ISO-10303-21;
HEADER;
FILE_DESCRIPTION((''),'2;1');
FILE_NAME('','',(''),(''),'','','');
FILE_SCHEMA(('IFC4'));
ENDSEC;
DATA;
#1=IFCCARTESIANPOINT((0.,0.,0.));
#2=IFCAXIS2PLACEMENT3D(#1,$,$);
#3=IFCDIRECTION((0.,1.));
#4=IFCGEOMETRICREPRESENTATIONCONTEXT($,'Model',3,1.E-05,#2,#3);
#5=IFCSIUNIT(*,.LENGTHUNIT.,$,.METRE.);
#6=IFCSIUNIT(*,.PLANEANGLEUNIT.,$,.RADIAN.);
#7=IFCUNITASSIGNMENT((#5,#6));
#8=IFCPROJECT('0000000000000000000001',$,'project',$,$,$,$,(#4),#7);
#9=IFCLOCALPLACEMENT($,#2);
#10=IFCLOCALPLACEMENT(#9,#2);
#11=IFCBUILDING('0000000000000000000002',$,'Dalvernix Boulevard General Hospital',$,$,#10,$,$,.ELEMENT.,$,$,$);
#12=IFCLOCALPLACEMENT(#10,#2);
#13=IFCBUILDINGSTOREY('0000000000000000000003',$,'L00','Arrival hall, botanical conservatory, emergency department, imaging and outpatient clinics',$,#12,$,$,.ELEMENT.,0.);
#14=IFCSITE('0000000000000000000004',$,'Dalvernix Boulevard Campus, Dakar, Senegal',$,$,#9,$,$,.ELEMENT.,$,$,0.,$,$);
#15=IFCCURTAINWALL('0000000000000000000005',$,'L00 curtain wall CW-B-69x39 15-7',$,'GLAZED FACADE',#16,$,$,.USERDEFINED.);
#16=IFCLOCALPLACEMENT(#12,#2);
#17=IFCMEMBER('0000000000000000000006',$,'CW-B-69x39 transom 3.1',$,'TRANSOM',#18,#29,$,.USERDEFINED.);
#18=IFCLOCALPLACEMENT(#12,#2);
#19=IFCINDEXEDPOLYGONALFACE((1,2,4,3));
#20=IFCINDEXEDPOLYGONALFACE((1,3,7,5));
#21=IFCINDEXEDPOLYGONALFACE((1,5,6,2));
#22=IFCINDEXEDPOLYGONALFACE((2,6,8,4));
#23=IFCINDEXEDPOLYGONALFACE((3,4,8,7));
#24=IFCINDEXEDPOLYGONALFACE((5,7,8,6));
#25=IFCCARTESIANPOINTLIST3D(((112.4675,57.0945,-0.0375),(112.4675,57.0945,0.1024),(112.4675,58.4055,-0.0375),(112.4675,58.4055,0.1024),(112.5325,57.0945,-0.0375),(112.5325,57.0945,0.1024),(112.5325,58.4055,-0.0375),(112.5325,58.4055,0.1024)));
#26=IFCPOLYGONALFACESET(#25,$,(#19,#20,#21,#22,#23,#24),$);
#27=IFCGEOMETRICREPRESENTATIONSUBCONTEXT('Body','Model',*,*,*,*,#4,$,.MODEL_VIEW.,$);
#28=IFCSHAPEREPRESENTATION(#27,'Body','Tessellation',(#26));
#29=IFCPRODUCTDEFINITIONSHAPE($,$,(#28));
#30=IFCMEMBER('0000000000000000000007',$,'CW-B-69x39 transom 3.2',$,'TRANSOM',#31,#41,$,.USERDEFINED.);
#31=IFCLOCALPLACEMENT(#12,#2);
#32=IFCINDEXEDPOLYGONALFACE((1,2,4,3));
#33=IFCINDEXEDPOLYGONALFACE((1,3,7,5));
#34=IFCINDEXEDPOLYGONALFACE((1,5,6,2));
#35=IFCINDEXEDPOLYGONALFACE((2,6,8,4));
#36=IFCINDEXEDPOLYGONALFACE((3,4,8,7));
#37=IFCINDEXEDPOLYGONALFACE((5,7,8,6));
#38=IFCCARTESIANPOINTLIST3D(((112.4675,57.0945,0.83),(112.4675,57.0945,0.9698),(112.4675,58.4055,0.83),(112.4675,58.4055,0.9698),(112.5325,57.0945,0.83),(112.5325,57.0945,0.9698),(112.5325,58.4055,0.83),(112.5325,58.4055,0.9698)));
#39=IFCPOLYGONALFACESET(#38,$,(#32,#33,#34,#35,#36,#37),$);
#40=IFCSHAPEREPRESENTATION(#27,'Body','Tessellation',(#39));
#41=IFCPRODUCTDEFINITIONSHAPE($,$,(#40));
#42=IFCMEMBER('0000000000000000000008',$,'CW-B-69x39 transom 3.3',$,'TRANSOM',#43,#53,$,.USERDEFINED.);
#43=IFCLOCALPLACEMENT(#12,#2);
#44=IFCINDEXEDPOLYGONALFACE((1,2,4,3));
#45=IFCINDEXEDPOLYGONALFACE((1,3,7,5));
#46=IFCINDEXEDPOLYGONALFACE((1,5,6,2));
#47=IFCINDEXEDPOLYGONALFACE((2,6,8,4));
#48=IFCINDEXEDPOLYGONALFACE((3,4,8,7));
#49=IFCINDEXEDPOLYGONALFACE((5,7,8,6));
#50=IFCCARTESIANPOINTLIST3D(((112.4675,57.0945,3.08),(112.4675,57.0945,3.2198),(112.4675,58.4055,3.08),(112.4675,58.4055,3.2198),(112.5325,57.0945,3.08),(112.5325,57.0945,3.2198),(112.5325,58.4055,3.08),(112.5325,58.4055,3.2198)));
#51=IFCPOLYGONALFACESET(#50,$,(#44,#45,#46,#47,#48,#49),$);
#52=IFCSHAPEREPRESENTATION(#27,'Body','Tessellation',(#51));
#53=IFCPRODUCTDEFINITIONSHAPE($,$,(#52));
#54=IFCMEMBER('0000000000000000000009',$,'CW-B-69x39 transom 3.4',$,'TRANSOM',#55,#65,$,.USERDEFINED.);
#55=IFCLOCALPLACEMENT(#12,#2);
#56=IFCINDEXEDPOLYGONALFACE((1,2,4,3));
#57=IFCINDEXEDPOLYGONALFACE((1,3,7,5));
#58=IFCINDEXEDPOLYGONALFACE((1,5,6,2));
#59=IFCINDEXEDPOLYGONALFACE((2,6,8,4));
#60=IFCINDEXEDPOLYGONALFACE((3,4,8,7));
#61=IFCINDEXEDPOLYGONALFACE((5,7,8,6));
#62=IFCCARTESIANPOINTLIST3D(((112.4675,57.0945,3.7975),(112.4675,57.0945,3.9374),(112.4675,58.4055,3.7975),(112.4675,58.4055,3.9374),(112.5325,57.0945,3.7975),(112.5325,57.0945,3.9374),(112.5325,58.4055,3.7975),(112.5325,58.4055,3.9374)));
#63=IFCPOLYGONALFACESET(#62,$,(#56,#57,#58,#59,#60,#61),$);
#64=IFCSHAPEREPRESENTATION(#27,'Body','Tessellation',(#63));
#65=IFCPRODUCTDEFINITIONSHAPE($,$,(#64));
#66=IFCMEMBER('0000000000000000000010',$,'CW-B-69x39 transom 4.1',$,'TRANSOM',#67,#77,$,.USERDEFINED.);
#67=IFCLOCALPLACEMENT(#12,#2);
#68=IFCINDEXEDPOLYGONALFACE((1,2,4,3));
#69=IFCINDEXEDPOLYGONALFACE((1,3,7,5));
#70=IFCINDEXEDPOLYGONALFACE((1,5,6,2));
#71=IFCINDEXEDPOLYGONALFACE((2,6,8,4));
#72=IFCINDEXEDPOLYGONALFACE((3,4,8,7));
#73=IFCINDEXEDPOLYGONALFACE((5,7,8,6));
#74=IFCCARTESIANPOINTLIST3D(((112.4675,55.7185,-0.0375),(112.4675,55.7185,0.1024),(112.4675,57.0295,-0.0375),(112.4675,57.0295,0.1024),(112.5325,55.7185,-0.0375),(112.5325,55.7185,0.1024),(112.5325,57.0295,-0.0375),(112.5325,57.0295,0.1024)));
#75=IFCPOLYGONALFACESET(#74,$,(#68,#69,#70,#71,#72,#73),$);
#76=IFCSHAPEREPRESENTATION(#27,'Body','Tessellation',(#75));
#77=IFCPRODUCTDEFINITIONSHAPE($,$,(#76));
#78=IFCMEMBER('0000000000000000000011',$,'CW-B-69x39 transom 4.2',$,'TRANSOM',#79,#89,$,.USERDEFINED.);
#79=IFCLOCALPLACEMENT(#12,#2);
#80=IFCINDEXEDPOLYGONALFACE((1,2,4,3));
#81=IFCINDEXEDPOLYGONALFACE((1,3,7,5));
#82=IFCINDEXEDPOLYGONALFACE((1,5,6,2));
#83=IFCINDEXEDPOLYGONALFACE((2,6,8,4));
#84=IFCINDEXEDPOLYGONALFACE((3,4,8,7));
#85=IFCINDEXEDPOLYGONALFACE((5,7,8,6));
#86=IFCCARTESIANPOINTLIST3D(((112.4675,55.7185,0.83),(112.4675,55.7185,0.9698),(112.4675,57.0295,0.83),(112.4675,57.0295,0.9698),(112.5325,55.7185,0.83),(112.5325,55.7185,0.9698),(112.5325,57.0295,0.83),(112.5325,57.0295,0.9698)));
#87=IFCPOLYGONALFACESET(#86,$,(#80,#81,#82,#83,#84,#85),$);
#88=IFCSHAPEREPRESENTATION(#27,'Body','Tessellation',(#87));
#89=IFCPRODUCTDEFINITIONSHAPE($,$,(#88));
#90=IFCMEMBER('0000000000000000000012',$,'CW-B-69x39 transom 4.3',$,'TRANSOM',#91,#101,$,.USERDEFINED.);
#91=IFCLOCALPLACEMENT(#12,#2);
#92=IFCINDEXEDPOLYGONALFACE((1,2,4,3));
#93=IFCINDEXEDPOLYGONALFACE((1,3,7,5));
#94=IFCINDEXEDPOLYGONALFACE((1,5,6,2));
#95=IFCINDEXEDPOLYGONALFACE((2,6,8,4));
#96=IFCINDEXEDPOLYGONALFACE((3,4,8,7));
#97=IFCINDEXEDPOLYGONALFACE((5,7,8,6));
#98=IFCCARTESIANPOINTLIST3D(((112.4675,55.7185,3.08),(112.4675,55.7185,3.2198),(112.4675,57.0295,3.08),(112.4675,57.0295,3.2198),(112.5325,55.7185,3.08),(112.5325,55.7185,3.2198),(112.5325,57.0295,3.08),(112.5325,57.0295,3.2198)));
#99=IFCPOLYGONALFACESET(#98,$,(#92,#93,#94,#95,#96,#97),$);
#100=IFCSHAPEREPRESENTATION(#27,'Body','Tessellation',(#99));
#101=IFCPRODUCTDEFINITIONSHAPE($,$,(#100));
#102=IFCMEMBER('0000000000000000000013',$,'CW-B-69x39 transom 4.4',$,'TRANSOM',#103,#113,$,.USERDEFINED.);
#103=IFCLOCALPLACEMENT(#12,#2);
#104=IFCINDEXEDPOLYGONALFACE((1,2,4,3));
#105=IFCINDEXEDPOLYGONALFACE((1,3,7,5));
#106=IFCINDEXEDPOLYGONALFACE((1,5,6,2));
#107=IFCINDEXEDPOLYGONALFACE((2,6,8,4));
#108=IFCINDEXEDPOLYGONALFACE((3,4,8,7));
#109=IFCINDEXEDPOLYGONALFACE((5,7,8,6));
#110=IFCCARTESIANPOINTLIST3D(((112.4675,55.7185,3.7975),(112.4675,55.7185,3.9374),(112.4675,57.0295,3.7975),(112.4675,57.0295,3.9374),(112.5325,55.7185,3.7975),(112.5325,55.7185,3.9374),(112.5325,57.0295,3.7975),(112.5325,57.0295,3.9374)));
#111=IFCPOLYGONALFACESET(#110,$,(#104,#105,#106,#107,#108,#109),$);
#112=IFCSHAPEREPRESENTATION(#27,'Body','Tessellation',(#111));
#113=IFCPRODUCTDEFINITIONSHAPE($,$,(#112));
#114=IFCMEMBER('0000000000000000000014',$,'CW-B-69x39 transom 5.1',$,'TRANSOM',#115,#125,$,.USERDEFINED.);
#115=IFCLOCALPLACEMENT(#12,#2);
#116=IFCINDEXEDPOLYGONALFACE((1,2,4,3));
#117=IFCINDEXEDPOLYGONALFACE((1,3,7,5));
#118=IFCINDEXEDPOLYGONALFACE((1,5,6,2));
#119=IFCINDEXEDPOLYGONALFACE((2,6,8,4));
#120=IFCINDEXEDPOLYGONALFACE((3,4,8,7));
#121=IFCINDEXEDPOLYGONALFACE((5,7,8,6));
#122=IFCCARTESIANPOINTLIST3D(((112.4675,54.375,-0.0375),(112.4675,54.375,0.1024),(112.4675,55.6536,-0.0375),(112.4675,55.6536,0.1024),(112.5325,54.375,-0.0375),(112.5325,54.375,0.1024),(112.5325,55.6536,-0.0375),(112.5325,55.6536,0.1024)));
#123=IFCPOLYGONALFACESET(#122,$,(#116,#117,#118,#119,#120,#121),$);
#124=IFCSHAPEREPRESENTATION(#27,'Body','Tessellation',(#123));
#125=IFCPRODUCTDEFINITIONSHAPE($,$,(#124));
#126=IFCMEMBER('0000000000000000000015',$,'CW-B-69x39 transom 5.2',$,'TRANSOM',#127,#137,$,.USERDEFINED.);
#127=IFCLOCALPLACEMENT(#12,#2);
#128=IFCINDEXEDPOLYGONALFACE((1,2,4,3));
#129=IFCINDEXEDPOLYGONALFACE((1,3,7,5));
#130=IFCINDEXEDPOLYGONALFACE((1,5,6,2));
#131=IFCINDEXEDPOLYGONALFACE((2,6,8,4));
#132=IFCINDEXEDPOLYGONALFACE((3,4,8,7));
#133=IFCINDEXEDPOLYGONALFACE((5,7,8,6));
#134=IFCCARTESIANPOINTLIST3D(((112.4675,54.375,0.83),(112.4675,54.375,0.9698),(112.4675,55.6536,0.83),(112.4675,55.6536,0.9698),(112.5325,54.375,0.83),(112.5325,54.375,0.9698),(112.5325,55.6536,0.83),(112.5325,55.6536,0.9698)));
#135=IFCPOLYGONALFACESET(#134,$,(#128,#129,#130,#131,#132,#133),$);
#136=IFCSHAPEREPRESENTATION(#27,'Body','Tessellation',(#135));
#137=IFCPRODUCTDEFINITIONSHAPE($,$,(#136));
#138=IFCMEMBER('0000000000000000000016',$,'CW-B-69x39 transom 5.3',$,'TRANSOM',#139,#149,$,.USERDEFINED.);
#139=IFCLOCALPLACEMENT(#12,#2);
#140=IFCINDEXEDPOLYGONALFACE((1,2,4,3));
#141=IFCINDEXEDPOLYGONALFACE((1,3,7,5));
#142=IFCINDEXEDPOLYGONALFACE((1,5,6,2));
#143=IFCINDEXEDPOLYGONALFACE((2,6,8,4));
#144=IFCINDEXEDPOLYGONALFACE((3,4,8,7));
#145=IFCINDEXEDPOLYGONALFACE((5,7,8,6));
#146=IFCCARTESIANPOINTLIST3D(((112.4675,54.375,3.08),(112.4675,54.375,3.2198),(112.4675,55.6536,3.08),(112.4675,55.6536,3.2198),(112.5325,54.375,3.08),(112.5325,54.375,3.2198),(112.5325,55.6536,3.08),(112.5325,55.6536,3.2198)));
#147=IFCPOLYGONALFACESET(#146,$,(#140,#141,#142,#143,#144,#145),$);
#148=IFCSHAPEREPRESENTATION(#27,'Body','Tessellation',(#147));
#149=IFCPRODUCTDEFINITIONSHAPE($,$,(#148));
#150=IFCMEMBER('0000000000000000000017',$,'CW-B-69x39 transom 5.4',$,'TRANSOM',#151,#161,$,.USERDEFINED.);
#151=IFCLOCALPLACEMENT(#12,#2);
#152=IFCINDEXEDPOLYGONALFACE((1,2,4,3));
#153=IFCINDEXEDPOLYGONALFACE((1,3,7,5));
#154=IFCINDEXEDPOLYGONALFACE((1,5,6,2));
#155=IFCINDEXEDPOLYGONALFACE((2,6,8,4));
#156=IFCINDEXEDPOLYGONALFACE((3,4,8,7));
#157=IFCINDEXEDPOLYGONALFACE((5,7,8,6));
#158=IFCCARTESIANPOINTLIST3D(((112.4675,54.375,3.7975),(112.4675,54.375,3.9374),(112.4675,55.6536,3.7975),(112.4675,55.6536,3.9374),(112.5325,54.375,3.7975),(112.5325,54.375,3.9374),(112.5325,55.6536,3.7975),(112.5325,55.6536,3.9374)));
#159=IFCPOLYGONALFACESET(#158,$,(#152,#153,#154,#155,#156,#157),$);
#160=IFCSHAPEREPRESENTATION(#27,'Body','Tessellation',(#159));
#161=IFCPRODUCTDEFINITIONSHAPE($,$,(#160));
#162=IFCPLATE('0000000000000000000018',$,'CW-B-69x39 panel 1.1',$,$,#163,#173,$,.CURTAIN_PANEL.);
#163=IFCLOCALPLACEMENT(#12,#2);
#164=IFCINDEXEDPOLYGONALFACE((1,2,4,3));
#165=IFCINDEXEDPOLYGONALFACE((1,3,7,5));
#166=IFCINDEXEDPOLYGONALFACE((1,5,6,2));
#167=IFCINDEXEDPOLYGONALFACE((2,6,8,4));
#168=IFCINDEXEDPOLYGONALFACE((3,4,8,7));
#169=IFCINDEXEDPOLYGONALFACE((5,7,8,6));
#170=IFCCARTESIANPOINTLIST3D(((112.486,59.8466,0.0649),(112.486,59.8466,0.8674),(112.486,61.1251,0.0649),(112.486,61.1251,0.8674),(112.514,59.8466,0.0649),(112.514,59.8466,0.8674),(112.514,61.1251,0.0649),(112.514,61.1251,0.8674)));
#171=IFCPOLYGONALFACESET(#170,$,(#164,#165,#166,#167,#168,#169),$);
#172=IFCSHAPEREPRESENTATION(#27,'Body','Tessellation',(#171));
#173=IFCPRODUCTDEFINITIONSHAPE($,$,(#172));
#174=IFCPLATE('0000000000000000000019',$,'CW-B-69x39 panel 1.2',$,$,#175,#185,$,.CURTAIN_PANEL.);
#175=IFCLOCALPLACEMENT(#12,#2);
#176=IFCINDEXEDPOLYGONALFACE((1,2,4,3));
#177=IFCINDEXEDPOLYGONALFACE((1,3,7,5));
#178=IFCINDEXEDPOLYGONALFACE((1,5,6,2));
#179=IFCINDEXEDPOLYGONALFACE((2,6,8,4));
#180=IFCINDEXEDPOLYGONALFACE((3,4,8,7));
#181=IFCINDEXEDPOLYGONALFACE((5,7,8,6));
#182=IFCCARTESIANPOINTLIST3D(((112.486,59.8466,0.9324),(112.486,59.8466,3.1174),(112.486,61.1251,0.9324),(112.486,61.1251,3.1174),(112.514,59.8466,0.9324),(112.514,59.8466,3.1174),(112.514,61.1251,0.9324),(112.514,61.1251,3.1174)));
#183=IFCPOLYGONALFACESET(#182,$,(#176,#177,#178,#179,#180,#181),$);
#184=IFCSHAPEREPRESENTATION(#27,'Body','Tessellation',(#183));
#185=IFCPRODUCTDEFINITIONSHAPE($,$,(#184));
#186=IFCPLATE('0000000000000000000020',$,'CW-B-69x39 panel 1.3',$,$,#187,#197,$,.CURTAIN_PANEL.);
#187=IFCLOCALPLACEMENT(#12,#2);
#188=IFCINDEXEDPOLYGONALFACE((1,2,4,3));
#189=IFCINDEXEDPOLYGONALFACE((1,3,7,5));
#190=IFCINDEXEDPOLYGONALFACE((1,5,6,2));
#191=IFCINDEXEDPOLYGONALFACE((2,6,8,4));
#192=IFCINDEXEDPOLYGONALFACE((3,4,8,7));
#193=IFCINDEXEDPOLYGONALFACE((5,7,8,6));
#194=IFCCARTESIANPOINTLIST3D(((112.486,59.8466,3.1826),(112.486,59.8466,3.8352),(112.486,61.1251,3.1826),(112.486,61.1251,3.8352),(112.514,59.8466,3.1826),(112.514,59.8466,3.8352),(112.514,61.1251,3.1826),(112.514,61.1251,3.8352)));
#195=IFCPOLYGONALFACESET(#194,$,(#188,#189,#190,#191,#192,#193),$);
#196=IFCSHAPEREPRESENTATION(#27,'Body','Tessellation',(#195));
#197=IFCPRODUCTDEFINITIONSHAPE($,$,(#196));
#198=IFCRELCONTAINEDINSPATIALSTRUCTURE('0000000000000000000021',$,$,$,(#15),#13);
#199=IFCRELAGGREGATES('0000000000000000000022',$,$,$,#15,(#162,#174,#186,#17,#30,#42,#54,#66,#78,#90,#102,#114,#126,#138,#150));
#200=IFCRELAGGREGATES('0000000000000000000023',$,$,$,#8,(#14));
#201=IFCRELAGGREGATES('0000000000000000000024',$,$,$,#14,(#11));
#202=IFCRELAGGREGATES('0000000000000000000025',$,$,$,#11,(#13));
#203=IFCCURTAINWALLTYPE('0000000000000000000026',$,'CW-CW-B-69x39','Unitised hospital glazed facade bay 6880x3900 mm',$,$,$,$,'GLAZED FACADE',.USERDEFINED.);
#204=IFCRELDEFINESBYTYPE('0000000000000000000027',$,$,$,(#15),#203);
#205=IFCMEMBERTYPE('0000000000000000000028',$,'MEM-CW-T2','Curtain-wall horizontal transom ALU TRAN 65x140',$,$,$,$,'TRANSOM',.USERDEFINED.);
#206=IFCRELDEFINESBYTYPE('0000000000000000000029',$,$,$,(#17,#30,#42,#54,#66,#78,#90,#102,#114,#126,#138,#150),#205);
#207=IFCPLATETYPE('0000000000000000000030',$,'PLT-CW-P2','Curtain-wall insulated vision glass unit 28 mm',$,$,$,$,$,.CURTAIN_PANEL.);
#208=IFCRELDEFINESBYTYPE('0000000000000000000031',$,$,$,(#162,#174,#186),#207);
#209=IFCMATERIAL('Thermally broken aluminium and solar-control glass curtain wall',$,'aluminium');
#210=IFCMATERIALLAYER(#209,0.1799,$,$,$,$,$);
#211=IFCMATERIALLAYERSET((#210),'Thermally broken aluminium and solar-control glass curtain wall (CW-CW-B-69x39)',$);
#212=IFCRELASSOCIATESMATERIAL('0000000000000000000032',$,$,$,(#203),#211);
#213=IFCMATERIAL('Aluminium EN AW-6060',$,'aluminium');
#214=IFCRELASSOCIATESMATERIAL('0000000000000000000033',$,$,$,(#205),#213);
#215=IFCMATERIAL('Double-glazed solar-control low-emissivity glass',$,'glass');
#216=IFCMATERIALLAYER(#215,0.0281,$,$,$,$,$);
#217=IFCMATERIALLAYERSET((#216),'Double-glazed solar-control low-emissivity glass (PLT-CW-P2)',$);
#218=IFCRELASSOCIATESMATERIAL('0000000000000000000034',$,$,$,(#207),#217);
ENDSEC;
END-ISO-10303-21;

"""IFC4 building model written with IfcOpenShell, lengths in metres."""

from ifc_helpers import new_model, si_unit, direction, frame, origin, origin_2d, place, context, subcontext, project, spatial, rectangle, extrude, material, layer, layer_set, material_profile, profile_set, type_object, element, aggregate, save


model = new_model("IFC4")

# Units and contexts
model_context = context("Model", 3, precision=1e-05, world=origin(), true_north=direction((0.0, 1.0)))
body_context = subcontext(model_context, "Body", "Model", "MODEL_VIEW")
ifc_project = project(units=[si_unit("LENGTHUNIT", "METRE"), si_unit("PLANEANGLEUNIT", "RADIAN")], contexts=[model_context])

# Site, building, storey
site_placement = place(None, origin())
site = spatial("IfcSite", under=ifc_project, at=site_placement, Name="Dalvernix Boulevard Campus, Dakar, Senegal", CompositionType="ELEMENT", RefElevation=0.0)
building_placement = place(site_placement, origin())
building = spatial("IfcBuilding", under=site, at=building_placement, Name="Dalvernix Boulevard General Hospital", CompositionType="ELEMENT")
storey_placement = place(building_placement, origin())
storey = spatial("IfcBuildingStorey", under=building, at=storey_placement, Name="L00", Description="Arrival hall, botanical conservatory, emergency department, imaging and outpatient clinics", CompositionType="ELEMENT", Elevation=0.0)

# Curtain wall, members, plates
ifc_material_1 = material(Name="Thermally broken aluminium and solar-control glass curtain wall", Category="aluminium")
ifc_layer_1 = layer(ifc_material_1, 0.1799)
ifc_layer_set_1 = layer_set([ifc_layer_1], Name="Thermally broken aluminium and solar-control glass curtain wall (CW-CW-B-69x39)")
curtain_wall_type = type_object("IfcCurtainWallType", Name="CW-CW-B-69x39", Description="Unitised hospital glazed facade bay 6880x3900 mm", ElementType="GLAZED FACADE", PredefinedType="USERDEFINED", material=ifc_layer_set_1)
curtain_wall_placement = place(storey_placement, origin())
curtain_wall = element("IfcCurtainWall", 1, at=curtain_wall_placement, inside=storey, type_object=curtain_wall_type, Name="L00 curtain wall CW-B-69x39 15-7", ObjectType="GLAZED FACADE", PredefinedType="USERDEFINED")
ifc_material_2 = material(Name="Aluminium EN AW-6060", Category="aluminium")
ifc_material_profile_1 = material_profile(ifc_material_2, rectangle(XDim=0.0649, YDim=0.1399, at=origin_2d()), Name="ALU TRAN 65x140")
ifc_profile_set_1 = profile_set([ifc_material_profile_1], Name="Aluminium EN AW-6060")
member_type_1 = type_object("IfcMemberType", Name="MEM-CW-T2", Description="Curtain-wall horizontal transom ALU TRAN 65x140", ElementType="TRANSOM", PredefinedType="USERDEFINED", material=ifc_profile_set_1)
member_1_placement = place(storey_placement, frame((112.5, 58.4055, 0.0325), z_axis=(0.0, -1.0, 0.0), x_axis=(1.0, 0.0, 0.0)))
member_1 = element("IfcMember", 2, at=member_1_placement, type_object=member_type_1, Name="CW-B-69x39 transom 3.1", ObjectType="TRANSOM", PredefinedType="USERDEFINED", context=body_context, shape_type="SweptSolid", body=[
    extrude(rectangle(XDim=0.0649, YDim=0.1399, at=origin_2d()), origin(), (0.0, 0.0, 1.0), 1.311),
])
member_2_placement = place(storey_placement, frame((112.5, 58.4055, 0.8999), z_axis=(0.0, -1.0, 0.0), x_axis=(1.0, 0.0, 0.0)))
member_2 = element("IfcMember", 3, at=member_2_placement, type_object=member_type_1, Name="CW-B-69x39 transom 3.2", ObjectType="TRANSOM", PredefinedType="USERDEFINED", context=body_context, shape_type="SweptSolid", body=[
    extrude(rectangle(XDim=0.0649, YDim=0.1399, at=origin_2d()), origin(), (0.0, 0.0, 1.0), 1.311),
])
member_3_placement = place(storey_placement, frame((112.5, 58.4055, 3.1499), z_axis=(0.0, -1.0, 0.0), x_axis=(1.0, 0.0, 0.0)))
member_3 = element("IfcMember", 4, at=member_3_placement, type_object=member_type_1, Name="CW-B-69x39 transom 3.3", ObjectType="TRANSOM", PredefinedType="USERDEFINED", context=body_context, shape_type="SweptSolid", body=[
    extrude(rectangle(XDim=0.0649, YDim=0.1399, at=origin_2d()), origin(), (0.0, 0.0, 1.0), 1.311),
])
member_4_placement = place(storey_placement, frame((112.5, 58.4055, 3.8674), z_axis=(0.0, -1.0, 0.0), x_axis=(1.0, 0.0, 0.0)))
member_4 = element("IfcMember", 5, at=member_4_placement, type_object=member_type_1, Name="CW-B-69x39 transom 3.4", ObjectType="TRANSOM", PredefinedType="USERDEFINED", context=body_context, shape_type="SweptSolid", body=[
    extrude(rectangle(XDim=0.0649, YDim=0.1399, at=origin_2d()), origin(), (0.0, 0.0, 1.0), 1.311),
])
member_5_placement = place(storey_placement, frame((112.5, 57.0295, 0.0325), z_axis=(0.0, -1.0, 0.0), x_axis=(1.0, 0.0, 0.0)))
member_5 = element("IfcMember", 6, at=member_5_placement, type_object=member_type_1, Name="CW-B-69x39 transom 4.1", ObjectType="TRANSOM", PredefinedType="USERDEFINED", context=body_context, shape_type="SweptSolid", body=[
    extrude(rectangle(XDim=0.0649, YDim=0.1399, at=origin_2d()), origin(), (0.0, 0.0, 1.0), 1.311),
])
member_6_placement = place(storey_placement, frame((112.5, 57.0295, 0.8999), z_axis=(0.0, -1.0, 0.0), x_axis=(1.0, 0.0, 0.0)))
member_6 = element("IfcMember", 7, at=member_6_placement, type_object=member_type_1, Name="CW-B-69x39 transom 4.2", ObjectType="TRANSOM", PredefinedType="USERDEFINED", context=body_context, shape_type="SweptSolid", body=[
    extrude(rectangle(XDim=0.0649, YDim=0.1399, at=origin_2d()), origin(), (0.0, 0.0, 1.0), 1.311),
])
member_7_placement = place(storey_placement, frame((112.5, 57.0295, 3.1499), z_axis=(0.0, -1.0, 0.0), x_axis=(1.0, 0.0, 0.0)))
member_7 = element("IfcMember", 8, at=member_7_placement, type_object=member_type_1, Name="CW-B-69x39 transom 4.3", ObjectType="TRANSOM", PredefinedType="USERDEFINED", context=body_context, shape_type="SweptSolid", body=[
    extrude(rectangle(XDim=0.0649, YDim=0.1399, at=origin_2d()), origin(), (0.0, 0.0, 1.0), 1.311),
])
member_8_placement = place(storey_placement, frame((112.5, 57.0295, 3.8674), z_axis=(0.0, -1.0, 0.0), x_axis=(1.0, 0.0, 0.0)))
member_8 = element("IfcMember", 9, at=member_8_placement, type_object=member_type_1, Name="CW-B-69x39 transom 4.4", ObjectType="TRANSOM", PredefinedType="USERDEFINED", context=body_context, shape_type="SweptSolid", body=[
    extrude(rectangle(XDim=0.0649, YDim=0.1399, at=origin_2d()), origin(), (0.0, 0.0, 1.0), 1.311),
])
member_9_placement = place(storey_placement, frame((112.5, 55.6536, 0.0325), z_axis=(0.0, -1.0, 0.0), x_axis=(1.0, 0.0, 0.0)))
member_9 = element("IfcMember", 10, at=member_9_placement, type_object=member_type_1, Name="CW-B-69x39 transom 5.1", ObjectType="TRANSOM", PredefinedType="USERDEFINED", context=body_context, shape_type="SweptSolid", body=[
    extrude(rectangle(XDim=0.0649, YDim=0.1399, at=origin_2d()), origin(), (0.0, 0.0, 1.0), 1.2786),
])
member_10_placement = place(storey_placement, frame((112.5, 55.6536, 0.8999), z_axis=(0.0, -1.0, 0.0), x_axis=(1.0, 0.0, 0.0)))
member_10 = element("IfcMember", 11, at=member_10_placement, type_object=member_type_1, Name="CW-B-69x39 transom 5.2", ObjectType="TRANSOM", PredefinedType="USERDEFINED", context=body_context, shape_type="SweptSolid", body=[
    extrude(rectangle(XDim=0.0649, YDim=0.1399, at=origin_2d()), origin(), (0.0, 0.0, 1.0), 1.2786),
])
member_11_placement = place(storey_placement, frame((112.5, 55.6536, 3.1499), z_axis=(0.0, -1.0, 0.0), x_axis=(1.0, 0.0, 0.0)))
member_11 = element("IfcMember", 12, at=member_11_placement, type_object=member_type_1, Name="CW-B-69x39 transom 5.3", ObjectType="TRANSOM", PredefinedType="USERDEFINED", context=body_context, shape_type="SweptSolid", body=[
    extrude(rectangle(XDim=0.0649, YDim=0.1399, at=origin_2d()), origin(), (0.0, 0.0, 1.0), 1.2786),
])
member_12_placement = place(storey_placement, frame((112.5, 55.6536, 3.8674), z_axis=(0.0, -1.0, 0.0), x_axis=(1.0, 0.0, 0.0)))
member_12 = element("IfcMember", 13, at=member_12_placement, type_object=member_type_1, Name="CW-B-69x39 transom 5.4", ObjectType="TRANSOM", PredefinedType="USERDEFINED", context=body_context, shape_type="SweptSolid", body=[
    extrude(rectangle(XDim=0.0649, YDim=0.1399, at=origin_2d()), origin(), (0.0, 0.0, 1.0), 1.2786),
])
ifc_material_3 = material(Name="Double-glazed solar-control low-emissivity glass", Category="glass")
ifc_layer_2 = layer(ifc_material_3, 0.0281)
ifc_layer_set_2 = layer_set([ifc_layer_2], Name="Double-glazed solar-control low-emissivity glass (PLT-CW-P2)")
plate_type = type_object("IfcPlateType", Name="PLT-CW-P2", Description="Curtain-wall insulated vision glass unit 28 mm", PredefinedType="CURTAIN_PANEL", material=ifc_layer_set_2)
plate_1_placement = place(storey_placement, frame((112.5, 60.4858, 0.0649), z_axis=(0.0, 0.0, 1.0), x_axis=(0.0, -1.0, 0.0)))
plate_1 = element("IfcPlate", 14, at=plate_1_placement, type_object=plate_type, Name="CW-B-69x39 panel 1.1", PredefinedType="CURTAIN_PANEL", context=body_context, shape_type="SweptSolid", body=[
    extrude(rectangle(XDim=1.2786, YDim=0.0281, at=origin_2d()), origin(), (0.0, 0.0, 1.0), 0.8025),
])
plate_2_placement = place(storey_placement, frame((112.5, 60.4858, 0.9324), z_axis=(0.0, 0.0, 1.0), x_axis=(0.0, -1.0, 0.0)))
plate_2 = element("IfcPlate", 15, at=plate_2_placement, type_object=plate_type, Name="CW-B-69x39 panel 1.2", PredefinedType="CURTAIN_PANEL", context=body_context, shape_type="SweptSolid", body=[
    extrude(rectangle(XDim=1.2786, YDim=0.0281, at=origin_2d()), origin(), (0.0, 0.0, 1.0), 2.1851),
])
plate_3_placement = place(storey_placement, frame((112.5, 60.4858, 3.1826), z_axis=(0.0, 0.0, 1.0), x_axis=(0.0, -1.0, 0.0)))
plate_3 = element("IfcPlate", 16, at=plate_3_placement, type_object=plate_type, Name="CW-B-69x39 panel 1.3", PredefinedType="CURTAIN_PANEL", context=body_context, shape_type="SweptSolid", body=[
    extrude(rectangle(XDim=1.2786, YDim=0.0281, at=origin_2d()), origin(), (0.0, 0.0, 1.0), 0.6526),
])
aggregate(curtain_wall, [plate_1, plate_2, plate_3, member_1, member_2, member_3, member_4, member_5, member_6, member_7, member_8, member_9, member_10, member_11, member_12])

save(model, "model.ifc")
